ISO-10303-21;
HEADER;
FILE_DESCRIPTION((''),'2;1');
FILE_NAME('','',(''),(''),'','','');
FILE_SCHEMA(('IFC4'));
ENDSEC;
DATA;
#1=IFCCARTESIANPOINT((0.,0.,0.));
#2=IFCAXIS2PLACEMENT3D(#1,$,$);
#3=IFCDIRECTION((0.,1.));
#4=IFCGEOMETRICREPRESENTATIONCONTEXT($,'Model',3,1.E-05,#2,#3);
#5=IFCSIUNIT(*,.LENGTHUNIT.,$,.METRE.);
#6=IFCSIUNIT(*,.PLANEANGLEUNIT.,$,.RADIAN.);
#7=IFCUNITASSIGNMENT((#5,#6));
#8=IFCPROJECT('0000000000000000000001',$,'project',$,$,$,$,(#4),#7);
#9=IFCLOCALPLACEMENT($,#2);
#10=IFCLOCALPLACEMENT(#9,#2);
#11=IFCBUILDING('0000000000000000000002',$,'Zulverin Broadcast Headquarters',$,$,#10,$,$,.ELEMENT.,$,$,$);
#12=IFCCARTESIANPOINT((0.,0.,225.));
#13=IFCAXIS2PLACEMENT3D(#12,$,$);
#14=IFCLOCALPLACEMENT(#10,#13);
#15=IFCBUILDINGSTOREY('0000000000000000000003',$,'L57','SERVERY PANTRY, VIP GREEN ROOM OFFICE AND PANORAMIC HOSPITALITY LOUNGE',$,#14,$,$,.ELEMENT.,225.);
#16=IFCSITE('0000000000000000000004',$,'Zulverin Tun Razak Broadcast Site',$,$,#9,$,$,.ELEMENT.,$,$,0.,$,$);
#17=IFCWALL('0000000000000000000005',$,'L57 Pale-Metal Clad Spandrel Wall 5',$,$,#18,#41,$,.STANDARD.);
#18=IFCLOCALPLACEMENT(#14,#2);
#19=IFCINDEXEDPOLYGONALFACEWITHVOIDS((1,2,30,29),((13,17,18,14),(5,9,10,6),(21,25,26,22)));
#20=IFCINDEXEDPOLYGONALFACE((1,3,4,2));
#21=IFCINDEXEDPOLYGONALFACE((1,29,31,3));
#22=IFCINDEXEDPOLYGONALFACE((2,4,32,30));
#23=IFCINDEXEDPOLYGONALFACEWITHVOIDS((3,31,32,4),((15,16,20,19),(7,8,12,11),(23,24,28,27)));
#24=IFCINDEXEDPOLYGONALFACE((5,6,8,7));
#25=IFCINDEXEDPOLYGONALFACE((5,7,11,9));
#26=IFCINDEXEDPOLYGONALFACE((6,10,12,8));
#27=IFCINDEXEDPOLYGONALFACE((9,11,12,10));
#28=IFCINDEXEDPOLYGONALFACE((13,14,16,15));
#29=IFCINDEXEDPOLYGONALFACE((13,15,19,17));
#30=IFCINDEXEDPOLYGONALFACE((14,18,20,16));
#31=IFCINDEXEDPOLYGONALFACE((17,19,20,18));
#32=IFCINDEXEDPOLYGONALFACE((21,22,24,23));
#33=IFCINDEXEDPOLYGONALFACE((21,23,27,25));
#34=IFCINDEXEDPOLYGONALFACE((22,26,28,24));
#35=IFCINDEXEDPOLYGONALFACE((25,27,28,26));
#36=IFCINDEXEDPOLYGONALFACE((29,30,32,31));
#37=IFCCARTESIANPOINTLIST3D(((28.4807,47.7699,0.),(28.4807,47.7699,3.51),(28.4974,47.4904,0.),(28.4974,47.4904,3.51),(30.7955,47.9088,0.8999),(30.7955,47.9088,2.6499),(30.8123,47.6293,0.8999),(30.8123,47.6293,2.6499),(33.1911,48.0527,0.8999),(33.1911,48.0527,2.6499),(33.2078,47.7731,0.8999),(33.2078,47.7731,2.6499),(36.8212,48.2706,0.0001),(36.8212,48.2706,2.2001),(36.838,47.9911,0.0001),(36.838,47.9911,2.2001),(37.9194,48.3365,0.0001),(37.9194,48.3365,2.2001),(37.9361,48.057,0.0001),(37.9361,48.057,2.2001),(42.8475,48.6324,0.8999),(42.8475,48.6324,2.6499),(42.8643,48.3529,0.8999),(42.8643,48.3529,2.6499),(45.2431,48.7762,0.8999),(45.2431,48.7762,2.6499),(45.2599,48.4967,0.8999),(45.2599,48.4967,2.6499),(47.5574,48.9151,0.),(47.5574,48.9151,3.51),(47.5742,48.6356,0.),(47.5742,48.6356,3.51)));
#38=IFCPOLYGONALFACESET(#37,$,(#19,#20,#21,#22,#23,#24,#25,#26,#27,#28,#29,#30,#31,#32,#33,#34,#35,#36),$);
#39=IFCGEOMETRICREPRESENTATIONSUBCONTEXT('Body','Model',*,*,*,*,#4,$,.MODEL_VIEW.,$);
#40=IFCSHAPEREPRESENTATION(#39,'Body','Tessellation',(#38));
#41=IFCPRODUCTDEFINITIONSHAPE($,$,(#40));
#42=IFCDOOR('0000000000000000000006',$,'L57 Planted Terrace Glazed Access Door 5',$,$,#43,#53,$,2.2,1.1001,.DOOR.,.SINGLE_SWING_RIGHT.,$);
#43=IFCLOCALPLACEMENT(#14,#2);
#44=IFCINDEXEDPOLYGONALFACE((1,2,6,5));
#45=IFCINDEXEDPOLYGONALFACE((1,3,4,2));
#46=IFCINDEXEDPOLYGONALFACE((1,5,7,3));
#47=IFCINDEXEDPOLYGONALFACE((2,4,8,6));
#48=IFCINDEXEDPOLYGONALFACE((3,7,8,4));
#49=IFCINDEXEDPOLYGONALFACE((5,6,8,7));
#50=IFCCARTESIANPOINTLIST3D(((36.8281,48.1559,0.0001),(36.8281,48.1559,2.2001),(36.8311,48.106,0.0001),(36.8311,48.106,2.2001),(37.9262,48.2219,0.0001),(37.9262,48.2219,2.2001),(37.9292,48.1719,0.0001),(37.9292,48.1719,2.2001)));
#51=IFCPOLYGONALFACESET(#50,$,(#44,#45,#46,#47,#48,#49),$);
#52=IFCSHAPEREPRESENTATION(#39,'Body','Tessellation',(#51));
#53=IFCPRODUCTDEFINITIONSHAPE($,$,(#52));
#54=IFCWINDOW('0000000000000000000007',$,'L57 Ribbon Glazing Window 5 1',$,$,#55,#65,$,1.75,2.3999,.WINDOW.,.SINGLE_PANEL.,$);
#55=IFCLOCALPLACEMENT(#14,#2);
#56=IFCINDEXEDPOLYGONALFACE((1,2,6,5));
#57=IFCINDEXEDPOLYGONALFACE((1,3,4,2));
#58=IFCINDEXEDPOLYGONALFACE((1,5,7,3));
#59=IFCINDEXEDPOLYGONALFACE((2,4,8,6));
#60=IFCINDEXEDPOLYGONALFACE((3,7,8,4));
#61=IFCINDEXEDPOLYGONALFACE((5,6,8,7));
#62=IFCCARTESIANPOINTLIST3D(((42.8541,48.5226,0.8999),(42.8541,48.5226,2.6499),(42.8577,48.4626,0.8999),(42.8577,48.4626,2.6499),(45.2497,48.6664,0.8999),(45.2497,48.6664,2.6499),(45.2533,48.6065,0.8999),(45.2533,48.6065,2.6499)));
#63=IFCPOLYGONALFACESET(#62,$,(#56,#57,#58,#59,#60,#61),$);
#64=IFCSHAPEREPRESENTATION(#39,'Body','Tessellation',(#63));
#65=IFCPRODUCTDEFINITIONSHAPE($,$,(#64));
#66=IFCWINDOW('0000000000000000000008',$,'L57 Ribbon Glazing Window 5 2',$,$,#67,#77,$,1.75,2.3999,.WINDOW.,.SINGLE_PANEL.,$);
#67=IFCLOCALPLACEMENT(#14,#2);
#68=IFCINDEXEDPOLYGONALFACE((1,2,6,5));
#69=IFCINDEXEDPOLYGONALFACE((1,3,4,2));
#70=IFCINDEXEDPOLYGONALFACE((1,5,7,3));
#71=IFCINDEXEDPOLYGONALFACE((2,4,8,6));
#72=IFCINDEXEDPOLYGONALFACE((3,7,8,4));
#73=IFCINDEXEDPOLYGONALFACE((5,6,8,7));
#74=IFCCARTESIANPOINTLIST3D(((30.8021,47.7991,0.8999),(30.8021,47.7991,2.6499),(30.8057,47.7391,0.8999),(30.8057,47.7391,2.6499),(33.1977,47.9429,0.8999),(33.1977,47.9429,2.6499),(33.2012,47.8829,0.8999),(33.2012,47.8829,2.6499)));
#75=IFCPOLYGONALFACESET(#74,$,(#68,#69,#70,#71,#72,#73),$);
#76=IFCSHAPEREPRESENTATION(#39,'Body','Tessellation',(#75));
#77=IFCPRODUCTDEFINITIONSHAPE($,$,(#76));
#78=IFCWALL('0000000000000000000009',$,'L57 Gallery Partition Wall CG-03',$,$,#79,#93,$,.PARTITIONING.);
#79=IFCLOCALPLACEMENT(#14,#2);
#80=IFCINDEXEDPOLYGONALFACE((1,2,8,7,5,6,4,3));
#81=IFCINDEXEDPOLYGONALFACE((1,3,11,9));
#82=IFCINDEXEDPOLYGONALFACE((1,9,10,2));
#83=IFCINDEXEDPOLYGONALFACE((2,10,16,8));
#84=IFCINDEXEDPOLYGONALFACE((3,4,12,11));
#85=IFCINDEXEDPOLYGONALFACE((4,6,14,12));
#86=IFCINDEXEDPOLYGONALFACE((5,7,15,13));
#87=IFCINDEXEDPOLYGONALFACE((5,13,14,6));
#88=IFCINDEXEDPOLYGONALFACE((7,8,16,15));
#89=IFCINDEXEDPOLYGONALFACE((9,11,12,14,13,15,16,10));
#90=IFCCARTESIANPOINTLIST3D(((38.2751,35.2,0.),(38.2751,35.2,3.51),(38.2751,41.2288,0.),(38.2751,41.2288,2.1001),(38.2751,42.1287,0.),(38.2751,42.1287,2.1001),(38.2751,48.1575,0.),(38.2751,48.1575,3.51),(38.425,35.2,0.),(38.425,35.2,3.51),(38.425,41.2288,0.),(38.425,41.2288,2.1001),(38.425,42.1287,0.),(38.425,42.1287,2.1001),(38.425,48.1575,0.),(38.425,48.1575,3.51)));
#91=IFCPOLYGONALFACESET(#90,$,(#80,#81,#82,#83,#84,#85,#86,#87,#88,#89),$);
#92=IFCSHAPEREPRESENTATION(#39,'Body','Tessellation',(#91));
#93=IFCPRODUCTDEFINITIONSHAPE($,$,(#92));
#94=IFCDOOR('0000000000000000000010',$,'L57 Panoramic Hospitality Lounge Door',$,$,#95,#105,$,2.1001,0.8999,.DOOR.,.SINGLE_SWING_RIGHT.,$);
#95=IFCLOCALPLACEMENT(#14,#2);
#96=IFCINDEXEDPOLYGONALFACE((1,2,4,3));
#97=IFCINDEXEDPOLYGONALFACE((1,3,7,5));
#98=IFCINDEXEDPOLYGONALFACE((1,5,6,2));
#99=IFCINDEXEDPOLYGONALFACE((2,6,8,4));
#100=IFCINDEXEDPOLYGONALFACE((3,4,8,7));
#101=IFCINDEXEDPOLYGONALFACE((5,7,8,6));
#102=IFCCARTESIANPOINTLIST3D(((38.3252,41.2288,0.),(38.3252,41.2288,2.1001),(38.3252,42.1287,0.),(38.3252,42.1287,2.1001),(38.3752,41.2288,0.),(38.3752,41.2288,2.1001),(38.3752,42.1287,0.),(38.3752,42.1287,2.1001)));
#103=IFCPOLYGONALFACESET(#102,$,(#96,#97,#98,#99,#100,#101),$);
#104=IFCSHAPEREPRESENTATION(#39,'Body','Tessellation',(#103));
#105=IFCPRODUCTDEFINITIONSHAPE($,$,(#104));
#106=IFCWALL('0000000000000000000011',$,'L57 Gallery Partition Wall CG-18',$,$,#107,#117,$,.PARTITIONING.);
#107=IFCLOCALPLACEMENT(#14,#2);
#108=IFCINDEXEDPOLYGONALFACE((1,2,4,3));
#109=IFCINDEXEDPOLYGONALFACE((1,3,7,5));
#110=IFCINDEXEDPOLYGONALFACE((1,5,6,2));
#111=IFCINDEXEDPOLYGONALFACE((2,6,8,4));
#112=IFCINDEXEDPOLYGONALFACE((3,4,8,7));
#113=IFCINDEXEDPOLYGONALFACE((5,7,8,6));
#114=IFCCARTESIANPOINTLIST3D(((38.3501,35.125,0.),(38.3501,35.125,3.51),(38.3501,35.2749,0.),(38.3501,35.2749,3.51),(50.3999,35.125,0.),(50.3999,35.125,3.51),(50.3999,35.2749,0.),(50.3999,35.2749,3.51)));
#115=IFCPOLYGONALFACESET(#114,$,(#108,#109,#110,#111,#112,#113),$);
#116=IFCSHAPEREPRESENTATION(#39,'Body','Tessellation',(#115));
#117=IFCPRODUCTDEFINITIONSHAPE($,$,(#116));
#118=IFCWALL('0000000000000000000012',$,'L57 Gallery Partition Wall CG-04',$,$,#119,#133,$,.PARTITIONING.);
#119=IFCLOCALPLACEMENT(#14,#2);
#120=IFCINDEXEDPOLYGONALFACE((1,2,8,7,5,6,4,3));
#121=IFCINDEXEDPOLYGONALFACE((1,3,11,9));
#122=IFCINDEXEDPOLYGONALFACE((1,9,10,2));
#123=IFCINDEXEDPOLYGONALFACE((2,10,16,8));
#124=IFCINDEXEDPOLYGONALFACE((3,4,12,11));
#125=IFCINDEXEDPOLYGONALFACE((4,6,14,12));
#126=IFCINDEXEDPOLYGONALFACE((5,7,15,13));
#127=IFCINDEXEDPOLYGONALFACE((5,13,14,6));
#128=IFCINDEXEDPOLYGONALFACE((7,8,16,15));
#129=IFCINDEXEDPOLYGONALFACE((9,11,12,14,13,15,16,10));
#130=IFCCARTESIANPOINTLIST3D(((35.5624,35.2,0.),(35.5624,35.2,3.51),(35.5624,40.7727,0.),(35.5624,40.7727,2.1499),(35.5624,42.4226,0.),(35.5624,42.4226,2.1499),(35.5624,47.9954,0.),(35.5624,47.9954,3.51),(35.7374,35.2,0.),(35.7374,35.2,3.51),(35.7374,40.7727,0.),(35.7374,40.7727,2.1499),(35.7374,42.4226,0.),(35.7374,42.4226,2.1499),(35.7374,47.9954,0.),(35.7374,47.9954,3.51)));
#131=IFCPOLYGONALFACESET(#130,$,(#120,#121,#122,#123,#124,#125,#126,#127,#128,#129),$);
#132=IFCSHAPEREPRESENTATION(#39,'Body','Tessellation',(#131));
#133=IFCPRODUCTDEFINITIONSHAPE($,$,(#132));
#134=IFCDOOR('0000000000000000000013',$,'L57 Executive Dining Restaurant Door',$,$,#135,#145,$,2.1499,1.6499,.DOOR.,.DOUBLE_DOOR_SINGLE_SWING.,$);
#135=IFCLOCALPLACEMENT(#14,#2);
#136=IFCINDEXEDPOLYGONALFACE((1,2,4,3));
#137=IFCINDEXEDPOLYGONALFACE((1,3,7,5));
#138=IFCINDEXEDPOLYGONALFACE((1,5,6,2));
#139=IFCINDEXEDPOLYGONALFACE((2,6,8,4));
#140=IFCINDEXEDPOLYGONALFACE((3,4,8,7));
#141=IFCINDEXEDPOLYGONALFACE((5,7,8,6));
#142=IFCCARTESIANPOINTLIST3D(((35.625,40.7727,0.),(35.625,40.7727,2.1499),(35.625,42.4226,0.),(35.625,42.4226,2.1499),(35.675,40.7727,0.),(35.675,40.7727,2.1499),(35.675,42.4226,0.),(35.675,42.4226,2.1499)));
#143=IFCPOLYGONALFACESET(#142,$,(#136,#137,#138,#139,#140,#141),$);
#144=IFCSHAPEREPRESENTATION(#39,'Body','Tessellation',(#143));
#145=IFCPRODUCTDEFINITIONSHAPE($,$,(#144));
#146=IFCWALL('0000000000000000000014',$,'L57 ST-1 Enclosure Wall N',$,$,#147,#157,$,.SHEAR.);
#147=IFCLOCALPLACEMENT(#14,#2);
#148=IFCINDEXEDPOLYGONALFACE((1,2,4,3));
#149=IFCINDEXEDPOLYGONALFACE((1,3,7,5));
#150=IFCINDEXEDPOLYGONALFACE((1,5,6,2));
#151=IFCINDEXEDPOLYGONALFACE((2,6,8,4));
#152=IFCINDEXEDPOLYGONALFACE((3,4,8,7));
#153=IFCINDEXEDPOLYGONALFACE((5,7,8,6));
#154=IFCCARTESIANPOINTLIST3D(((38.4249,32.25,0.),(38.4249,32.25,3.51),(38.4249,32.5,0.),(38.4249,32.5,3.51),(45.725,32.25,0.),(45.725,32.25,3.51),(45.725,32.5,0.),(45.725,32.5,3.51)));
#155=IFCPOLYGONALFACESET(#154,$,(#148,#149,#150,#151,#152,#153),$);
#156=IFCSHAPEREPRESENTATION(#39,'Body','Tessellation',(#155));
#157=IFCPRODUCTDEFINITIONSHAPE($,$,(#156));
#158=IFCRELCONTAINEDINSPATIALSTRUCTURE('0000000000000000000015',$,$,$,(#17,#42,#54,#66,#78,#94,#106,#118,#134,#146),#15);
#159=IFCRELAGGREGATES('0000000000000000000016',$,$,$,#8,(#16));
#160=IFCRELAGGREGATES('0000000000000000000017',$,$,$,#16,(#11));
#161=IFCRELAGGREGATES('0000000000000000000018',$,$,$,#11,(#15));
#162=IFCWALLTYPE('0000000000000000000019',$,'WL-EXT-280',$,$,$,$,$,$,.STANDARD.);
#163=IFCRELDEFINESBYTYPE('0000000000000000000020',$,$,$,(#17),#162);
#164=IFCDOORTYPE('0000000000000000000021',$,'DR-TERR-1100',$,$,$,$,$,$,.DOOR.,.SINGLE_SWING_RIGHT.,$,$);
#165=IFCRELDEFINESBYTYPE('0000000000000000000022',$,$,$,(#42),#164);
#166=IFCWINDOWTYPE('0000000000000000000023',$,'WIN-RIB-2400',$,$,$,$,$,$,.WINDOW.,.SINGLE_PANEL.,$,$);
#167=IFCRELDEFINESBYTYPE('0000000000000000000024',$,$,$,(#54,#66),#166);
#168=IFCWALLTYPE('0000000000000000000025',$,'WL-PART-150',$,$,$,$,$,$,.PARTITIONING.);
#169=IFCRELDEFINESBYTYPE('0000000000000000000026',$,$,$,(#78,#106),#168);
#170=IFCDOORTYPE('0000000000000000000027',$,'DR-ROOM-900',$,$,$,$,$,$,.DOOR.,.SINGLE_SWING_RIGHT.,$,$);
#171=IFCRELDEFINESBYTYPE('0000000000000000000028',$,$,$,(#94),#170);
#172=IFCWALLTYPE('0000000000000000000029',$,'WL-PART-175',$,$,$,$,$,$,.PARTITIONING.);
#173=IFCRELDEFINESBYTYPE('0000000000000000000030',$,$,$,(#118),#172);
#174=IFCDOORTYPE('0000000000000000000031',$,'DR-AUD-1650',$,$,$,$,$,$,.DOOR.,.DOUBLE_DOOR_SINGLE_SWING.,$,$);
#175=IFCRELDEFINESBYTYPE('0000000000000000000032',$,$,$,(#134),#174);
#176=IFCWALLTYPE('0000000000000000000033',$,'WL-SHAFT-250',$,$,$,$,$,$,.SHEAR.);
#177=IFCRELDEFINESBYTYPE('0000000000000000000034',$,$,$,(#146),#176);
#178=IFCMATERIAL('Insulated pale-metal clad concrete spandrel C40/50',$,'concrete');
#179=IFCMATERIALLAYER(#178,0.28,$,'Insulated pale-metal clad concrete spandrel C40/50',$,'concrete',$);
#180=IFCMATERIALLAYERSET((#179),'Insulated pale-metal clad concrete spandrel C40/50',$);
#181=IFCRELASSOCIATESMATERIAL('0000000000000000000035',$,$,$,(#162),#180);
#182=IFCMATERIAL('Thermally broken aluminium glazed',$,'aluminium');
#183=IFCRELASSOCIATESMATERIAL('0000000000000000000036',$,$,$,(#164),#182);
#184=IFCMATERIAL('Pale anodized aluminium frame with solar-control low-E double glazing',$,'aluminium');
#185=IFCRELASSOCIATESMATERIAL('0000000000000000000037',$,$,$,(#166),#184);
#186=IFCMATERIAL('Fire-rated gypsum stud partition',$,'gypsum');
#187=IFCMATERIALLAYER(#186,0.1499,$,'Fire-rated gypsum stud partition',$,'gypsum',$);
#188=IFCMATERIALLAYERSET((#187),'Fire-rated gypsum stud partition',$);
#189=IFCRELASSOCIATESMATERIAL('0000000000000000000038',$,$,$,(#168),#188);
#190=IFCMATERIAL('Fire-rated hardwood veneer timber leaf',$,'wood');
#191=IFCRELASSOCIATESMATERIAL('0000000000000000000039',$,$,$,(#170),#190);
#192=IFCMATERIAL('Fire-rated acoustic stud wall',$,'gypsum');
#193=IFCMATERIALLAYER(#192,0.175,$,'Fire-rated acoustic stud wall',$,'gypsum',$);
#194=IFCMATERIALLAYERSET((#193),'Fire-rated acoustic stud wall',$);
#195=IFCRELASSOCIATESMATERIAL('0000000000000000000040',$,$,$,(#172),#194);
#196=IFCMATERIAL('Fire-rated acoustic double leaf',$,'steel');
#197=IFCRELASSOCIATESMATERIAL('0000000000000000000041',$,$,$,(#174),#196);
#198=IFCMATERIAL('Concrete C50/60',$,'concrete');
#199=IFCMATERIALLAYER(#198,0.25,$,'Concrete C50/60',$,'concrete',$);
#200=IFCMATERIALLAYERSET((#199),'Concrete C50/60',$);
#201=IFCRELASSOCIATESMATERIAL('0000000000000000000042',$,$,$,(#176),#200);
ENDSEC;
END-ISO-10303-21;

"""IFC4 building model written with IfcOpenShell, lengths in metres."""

from ifc_helpers import new_model, si_unit, direction, frame, frame_2d, origin, place, context, subcontext, project, spatial, rectangle, extrude, material, layer, layer_set, type_object, element, fill, save


model = new_model("IFC4")

# Units and contexts
model_context = context("Model", 3, precision=1e-05, world=origin(), true_north=direction((0.0, 1.0)))
body_context = subcontext(model_context, "Body", "Model", "MODEL_VIEW")
ifc_project = project(units=[si_unit("LENGTHUNIT", "METRE"), si_unit("PLANEANGLEUNIT", "RADIAN")], contexts=[model_context])

# Site, building, storey
site_placement = place(None, origin())
site = spatial("IfcSite", under=ifc_project, at=site_placement, Name="Zulverin Tun Razak Broadcast Site", CompositionType="ELEMENT", RefElevation=0.0)
building_placement = place(site_placement, origin())
building = spatial("IfcBuilding", under=site, at=building_placement, Name="Zulverin Broadcast Headquarters", CompositionType="ELEMENT")
storey_placement = place(building_placement, frame((0.0, 0.0, 225.0)))
storey = spatial("IfcBuildingStorey", under=building, at=storey_placement, Name="L57", Description="SERVERY PANTRY, VIP GREEN ROOM OFFICE AND PANORAMIC HOSPITALITY LOUNGE", CompositionType="ELEMENT", Elevation=225.0)

# Shared definitions
ifc_material_1 = material(Name="Concrete C50/60", Category="concrete")

# Wall, openings, door, windows
ifc_material_2 = material(Name="Insulated pale-metal clad concrete spandrel C40/50", Category="concrete")
ifc_layer_1 = layer(ifc_material_2, 0.28, Name="Insulated pale-metal clad concrete spandrel C40/50", Category="concrete")
ifc_layer_set_1 = layer_set([ifc_layer_1], Name="Insulated pale-metal clad concrete spandrel C40/50")
wall_type_1 = type_object("IfcWallType", Name="WL-EXT-280", PredefinedType="STANDARD", material=ifc_layer_set_1)
wall_1_placement = place(storey_placement, frame((47.5659, 48.7754, 0.0), z_axis=(0.0, 0.0, 1.0), x_axis=(-0.998203, -0.059927, 0.0)))
wall_1 = element("IfcWall", 1, at=wall_1_placement, inside=storey, type_object=wall_type_1, Name="L57 Pale-Metal Clad Spandrel Wall 5", PredefinedType="STANDARD", context=body_context, shape_type="SweptSolid", body=[
    extrude(rectangle(XDim=19.1111, YDim=0.28, at=frame_2d((9.5557, 0.0))), origin(), (0.0, 0.0, 1.0), 3.51),
])
opening_1_placement = place(wall_1_placement, frame((9.6555, 0.0, 0.0)))
opening_1 = element("IfcOpeningElement", 2, at=opening_1_placement, cuts=wall_1, PredefinedType="OPENING", context=body_context, shape_type="SweptSolid", body=[
    extrude(rectangle(XDim=1.1001, YDim=2.2, at=frame_2d((0.55, 1.1001))), frame((0.0, 0.1499, 0.0), z_axis=(0.0, -1.0, 0.0), x_axis=(1.0, 0.0, 0.0)), (0.0, 0.0, 1.0), 0.3),
])
opening_2_placement = place(wall_1_placement, frame((2.3186, 0.0, 0.8999)))
opening_2 = element("IfcOpeningElement", 3, at=opening_2_placement, cuts=wall_1, PredefinedType="OPENING", context=body_context, shape_type="SweptSolid", body=[
    extrude(rectangle(XDim=2.3999, YDim=1.75, at=frame_2d((1.2, 0.875))), frame((0.0, 0.1499, 0.0), z_axis=(0.0, -1.0, 0.0), x_axis=(1.0, 0.0, 0.0)), (0.0, 0.0, 1.0), 0.3),
])
opening_3_placement = place(wall_1_placement, frame((14.3923, 0.0, 0.8999)))
opening_3 = element("IfcOpeningElement", 4, at=opening_3_placement, cuts=wall_1, PredefinedType="OPENING", context=body_context, shape_type="SweptSolid", body=[
    extrude(rectangle(XDim=2.3999, YDim=1.75, at=frame_2d((1.2, 0.875))), frame((0.0, 0.1499, 0.0), z_axis=(0.0, -1.0, 0.0), x_axis=(1.0, 0.0, 0.0)), (0.0, 0.0, 1.0), 0.3),
])
ifc_material_3 = material(Name="Thermally broken aluminium glazed", Category="aluminium")
door_type_1 = type_object("IfcDoorType", Name="DR-TERR-1100", OperationType="SINGLE_SWING_RIGHT", PredefinedType="DOOR", material=ifc_material_3)
door_1_placement = place(opening_1_placement, origin())
door_1 = element("IfcDoor", 5, at=door_1_placement, inside=storey, type_object=door_type_1, Name="L57 Planted Terrace Glazed Access Door 5", OperationType="SINGLE_SWING_RIGHT", OverallHeight=2.2, OverallWidth=1.1001, PredefinedType="DOOR", context=body_context, shape_type="SweptSolid", body=[
    extrude(rectangle(XDim=1.1001, YDim=2.2, at=frame_2d((0.55, 1.1001))), frame((0.0, 0.0249, 0.0), z_axis=(0.0, -1.0, 0.0), x_axis=(1.0, 0.0, 0.0)), (0.0, 0.0, 1.0), 0.05),
])
fill(opening_1, door_1)
ifc_material_4 = material(Name="Pale anodized aluminium frame with solar-control low-E double glazing", Category="aluminium")
window_type = type_object("IfcWindowType", Name="WIN-RIB-2400", PartitioningType="SINGLE_PANEL", PredefinedType="WINDOW", material=ifc_material_4)
window_1_placement = place(opening_2_placement, origin())
window_1 = element("IfcWindow", 6, at=window_1_placement, inside=storey, type_object=window_type, Name="L57 Ribbon Glazing Window 5 1", OverallHeight=1.75, OverallWidth=2.3999, PartitioningType="SINGLE_PANEL", PredefinedType="WINDOW", context=body_context, shape_type="SweptSolid", body=[
    extrude(rectangle(XDim=2.3999, YDim=1.75, at=frame_2d((1.2, 0.875))), frame((0.0, 0.03, 0.0), z_axis=(0.0, -1.0, 0.0), x_axis=(1.0, 0.0, 0.0)), (0.0, 0.0, 1.0), 0.0601),
])
fill(opening_2, window_1)
window_2_placement = place(opening_3_placement, origin())
window_2 = element("IfcWindow", 7, at=window_2_placement, inside=storey, type_object=window_type, Name="L57 Ribbon Glazing Window 5 2", OverallHeight=1.75, OverallWidth=2.3999, PartitioningType="SINGLE_PANEL", PredefinedType="WINDOW", context=body_context, shape_type="SweptSolid", body=[
    extrude(rectangle(XDim=2.3999, YDim=1.75, at=frame_2d((1.2, 0.875))), frame((0.0, 0.03, 0.0), z_axis=(0.0, -1.0, 0.0), x_axis=(1.0, 0.0, 0.0)), (0.0, 0.0, 1.0), 0.0601),
])
fill(opening_3, window_2)

# Wall, opening, door
ifc_material_5 = material(Name="Fire-rated gypsum stud partition", Category="gypsum")
ifc_layer_2 = layer(ifc_material_5, 0.1499, Name="Fire-rated gypsum stud partition", Category="gypsum")
ifc_layer_set_2 = layer_set([ifc_layer_2], Name="Fire-rated gypsum stud partition")
wall_type_2 = type_object("IfcWallType", Name="WL-PART-150", PredefinedType="PARTITIONING", material=ifc_layer_set_2)
wall_2_placement = place(storey_placement, frame((38.3501, 35.2, 0.0), z_axis=(0.0, 0.0, 1.0), x_axis=(0.0, 1.0, 0.0)))
wall_2 = element("IfcWall", 8, at=wall_2_placement, inside=storey, type_object=wall_type_2, Name="L57 Gallery Partition Wall CG-03", PredefinedType="PARTITIONING", context=body_context, shape_type="SweptSolid", body=[
    extrude(rectangle(XDim=12.9575, YDim=0.1499, at=frame_2d((6.4788, 0.0))), origin(), (0.0, 0.0, 1.0), 3.51),
])
opening_4_placement = place(wall_2_placement, frame((6.0288, 0.0, 0.0)))
opening_4 = element("IfcOpeningElement", 9, at=opening_4_placement, cuts=wall_2, PredefinedType="OPENING", context=body_context, shape_type="SweptSolid", body=[
    extrude(rectangle(XDim=0.8999, YDim=2.1001, at=frame_2d((0.45, 1.05))), frame((0.0, 0.085, 0.0), z_axis=(0.0, -1.0, 0.0), x_axis=(1.0, 0.0, 0.0)), (0.0, 0.0, 1.0), 0.1699),
])
ifc_material_6 = material(Name="Fire-rated hardwood veneer timber leaf", Category="wood")
door_type_2 = type_object("IfcDoorType", Name="DR-ROOM-900", OperationType="SINGLE_SWING_RIGHT", PredefinedType="DOOR", material=ifc_material_6)
door_2_placement = place(opening_4_placement, origin())
door_2 = element("IfcDoor", 10, at=door_2_placement, inside=storey, type_object=door_type_2, Name="L57 Panoramic Hospitality Lounge Door", OperationType="SINGLE_SWING_RIGHT", OverallHeight=2.1001, OverallWidth=0.8999, PredefinedType="DOOR", context=body_context, shape_type="SweptSolid", body=[
    extrude(rectangle(XDim=0.8999, YDim=2.1001, at=frame_2d((0.45, 1.05))), frame((0.0, 0.0249, 0.0), z_axis=(0.0, -1.0, 0.0), x_axis=(1.0, 0.0, 0.0)), (0.0, 0.0, 1.0), 0.05),
])
fill(opening_4, door_2)

# Wall
wall_3_placement = place(storey_placement, frame((38.3501, 35.2, 0.0), z_axis=(0.0, 0.0, 1.0), x_axis=(1.0, 0.0, 0.0)))
element("IfcWall", 11, at=wall_3_placement, inside=storey, type_object=wall_type_2, Name="L57 Gallery Partition Wall CG-18", PredefinedType="PARTITIONING", context=body_context, shape_type="SweptSolid", body=[
    extrude(rectangle(XDim=12.0498, YDim=0.1499, at=frame_2d((6.0249, 0.0))), origin(), (0.0, 0.0, 1.0), 3.51),
])

# Wall, opening, door
ifc_material_7 = material(Name="Fire-rated acoustic stud wall", Category="gypsum")
ifc_layer_3 = layer(ifc_material_7, 0.175, Name="Fire-rated acoustic stud wall", Category="gypsum")
ifc_layer_set_3 = layer_set([ifc_layer_3], Name="Fire-rated acoustic stud wall")
wall_type_3 = type_object("IfcWallType", Name="WL-PART-175", PredefinedType="PARTITIONING", material=ifc_layer_set_3)
wall_4_placement = place(storey_placement, frame((35.6499, 35.2, 0.0), z_axis=(0.0, 0.0, 1.0), x_axis=(0.0, 1.0, 0.0)))
wall_4 = element("IfcWall", 12, at=wall_4_placement, inside=storey, type_object=wall_type_3, Name="L57 Gallery Partition Wall CG-04", PredefinedType="PARTITIONING", context=body_context, shape_type="SweptSolid", body=[
    extrude(rectangle(XDim=12.7954, YDim=0.175, at=frame_2d((6.3977, 0.0))), origin(), (0.0, 0.0, 1.0), 3.51),
])
opening_5_placement = place(wall_4_placement, frame((5.5728, 0.0, 0.0)))
opening_5 = element("IfcOpeningElement", 13, at=opening_5_placement, cuts=wall_4, PredefinedType="OPENING", context=body_context, shape_type="SweptSolid", body=[
    extrude(rectangle(XDim=1.6499, YDim=2.1499, at=frame_2d((0.825, 1.075))), frame((0.0, 0.0974, 0.0), z_axis=(0.0, -1.0, 0.0), x_axis=(1.0, 0.0, 0.0)), (0.0, 0.0, 1.0), 0.1951),
])
ifc_material_8 = material(Name="Fire-rated acoustic double leaf", Category="steel")
door_type_3 = type_object("IfcDoorType", Name="DR-AUD-1650", OperationType="DOUBLE_DOOR_SINGLE_SWING", PredefinedType="DOOR", material=ifc_material_8)
door_3_placement = place(opening_5_placement, origin())
door_3 = element("IfcDoor", 14, at=door_3_placement, inside=storey, type_object=door_type_3, Name="L57 Executive Dining Restaurant Door", OperationType="DOUBLE_DOOR_SINGLE_SWING", OverallHeight=2.1499, OverallWidth=1.6499, PredefinedType="DOOR", context=body_context, shape_type="SweptSolid", body=[
    extrude(rectangle(XDim=1.6499, YDim=2.1499, at=frame_2d((0.825, 1.075))), frame((0.0, 0.0249, 0.0), z_axis=(0.0, -1.0, 0.0), x_axis=(1.0, 0.0, 0.0)), (0.0, 0.0, 1.0), 0.05),
])
fill(opening_5, door_3)

# Wall
ifc_layer_4 = layer(ifc_material_1, 0.25, Name="Concrete C50/60", Category="concrete")
ifc_layer_set_4 = layer_set([ifc_layer_4], Name="Concrete C50/60")
wall_type_4 = type_object("IfcWallType", Name="WL-SHAFT-250", PredefinedType="SHEAR", material=ifc_layer_set_4)
wall_5_placement = place(storey_placement, frame((38.425, 32.375, 0.0), z_axis=(0.0, 0.0, 1.0), x_axis=(1.0, 0.0, 0.0)))
element("IfcWall", 15, at=wall_5_placement, inside=storey, type_object=wall_type_4, Name="L57 ST-1 Enclosure Wall N", PredefinedType="SHEAR", context=body_context, shape_type="SweptSolid", body=[
    extrude(rectangle(XDim=7.3, YDim=0.25, at=frame_2d((3.6499, 0.0))), origin(), (0.0, 0.0, 1.0), 3.51),
])

save(model, "model.ifc")
